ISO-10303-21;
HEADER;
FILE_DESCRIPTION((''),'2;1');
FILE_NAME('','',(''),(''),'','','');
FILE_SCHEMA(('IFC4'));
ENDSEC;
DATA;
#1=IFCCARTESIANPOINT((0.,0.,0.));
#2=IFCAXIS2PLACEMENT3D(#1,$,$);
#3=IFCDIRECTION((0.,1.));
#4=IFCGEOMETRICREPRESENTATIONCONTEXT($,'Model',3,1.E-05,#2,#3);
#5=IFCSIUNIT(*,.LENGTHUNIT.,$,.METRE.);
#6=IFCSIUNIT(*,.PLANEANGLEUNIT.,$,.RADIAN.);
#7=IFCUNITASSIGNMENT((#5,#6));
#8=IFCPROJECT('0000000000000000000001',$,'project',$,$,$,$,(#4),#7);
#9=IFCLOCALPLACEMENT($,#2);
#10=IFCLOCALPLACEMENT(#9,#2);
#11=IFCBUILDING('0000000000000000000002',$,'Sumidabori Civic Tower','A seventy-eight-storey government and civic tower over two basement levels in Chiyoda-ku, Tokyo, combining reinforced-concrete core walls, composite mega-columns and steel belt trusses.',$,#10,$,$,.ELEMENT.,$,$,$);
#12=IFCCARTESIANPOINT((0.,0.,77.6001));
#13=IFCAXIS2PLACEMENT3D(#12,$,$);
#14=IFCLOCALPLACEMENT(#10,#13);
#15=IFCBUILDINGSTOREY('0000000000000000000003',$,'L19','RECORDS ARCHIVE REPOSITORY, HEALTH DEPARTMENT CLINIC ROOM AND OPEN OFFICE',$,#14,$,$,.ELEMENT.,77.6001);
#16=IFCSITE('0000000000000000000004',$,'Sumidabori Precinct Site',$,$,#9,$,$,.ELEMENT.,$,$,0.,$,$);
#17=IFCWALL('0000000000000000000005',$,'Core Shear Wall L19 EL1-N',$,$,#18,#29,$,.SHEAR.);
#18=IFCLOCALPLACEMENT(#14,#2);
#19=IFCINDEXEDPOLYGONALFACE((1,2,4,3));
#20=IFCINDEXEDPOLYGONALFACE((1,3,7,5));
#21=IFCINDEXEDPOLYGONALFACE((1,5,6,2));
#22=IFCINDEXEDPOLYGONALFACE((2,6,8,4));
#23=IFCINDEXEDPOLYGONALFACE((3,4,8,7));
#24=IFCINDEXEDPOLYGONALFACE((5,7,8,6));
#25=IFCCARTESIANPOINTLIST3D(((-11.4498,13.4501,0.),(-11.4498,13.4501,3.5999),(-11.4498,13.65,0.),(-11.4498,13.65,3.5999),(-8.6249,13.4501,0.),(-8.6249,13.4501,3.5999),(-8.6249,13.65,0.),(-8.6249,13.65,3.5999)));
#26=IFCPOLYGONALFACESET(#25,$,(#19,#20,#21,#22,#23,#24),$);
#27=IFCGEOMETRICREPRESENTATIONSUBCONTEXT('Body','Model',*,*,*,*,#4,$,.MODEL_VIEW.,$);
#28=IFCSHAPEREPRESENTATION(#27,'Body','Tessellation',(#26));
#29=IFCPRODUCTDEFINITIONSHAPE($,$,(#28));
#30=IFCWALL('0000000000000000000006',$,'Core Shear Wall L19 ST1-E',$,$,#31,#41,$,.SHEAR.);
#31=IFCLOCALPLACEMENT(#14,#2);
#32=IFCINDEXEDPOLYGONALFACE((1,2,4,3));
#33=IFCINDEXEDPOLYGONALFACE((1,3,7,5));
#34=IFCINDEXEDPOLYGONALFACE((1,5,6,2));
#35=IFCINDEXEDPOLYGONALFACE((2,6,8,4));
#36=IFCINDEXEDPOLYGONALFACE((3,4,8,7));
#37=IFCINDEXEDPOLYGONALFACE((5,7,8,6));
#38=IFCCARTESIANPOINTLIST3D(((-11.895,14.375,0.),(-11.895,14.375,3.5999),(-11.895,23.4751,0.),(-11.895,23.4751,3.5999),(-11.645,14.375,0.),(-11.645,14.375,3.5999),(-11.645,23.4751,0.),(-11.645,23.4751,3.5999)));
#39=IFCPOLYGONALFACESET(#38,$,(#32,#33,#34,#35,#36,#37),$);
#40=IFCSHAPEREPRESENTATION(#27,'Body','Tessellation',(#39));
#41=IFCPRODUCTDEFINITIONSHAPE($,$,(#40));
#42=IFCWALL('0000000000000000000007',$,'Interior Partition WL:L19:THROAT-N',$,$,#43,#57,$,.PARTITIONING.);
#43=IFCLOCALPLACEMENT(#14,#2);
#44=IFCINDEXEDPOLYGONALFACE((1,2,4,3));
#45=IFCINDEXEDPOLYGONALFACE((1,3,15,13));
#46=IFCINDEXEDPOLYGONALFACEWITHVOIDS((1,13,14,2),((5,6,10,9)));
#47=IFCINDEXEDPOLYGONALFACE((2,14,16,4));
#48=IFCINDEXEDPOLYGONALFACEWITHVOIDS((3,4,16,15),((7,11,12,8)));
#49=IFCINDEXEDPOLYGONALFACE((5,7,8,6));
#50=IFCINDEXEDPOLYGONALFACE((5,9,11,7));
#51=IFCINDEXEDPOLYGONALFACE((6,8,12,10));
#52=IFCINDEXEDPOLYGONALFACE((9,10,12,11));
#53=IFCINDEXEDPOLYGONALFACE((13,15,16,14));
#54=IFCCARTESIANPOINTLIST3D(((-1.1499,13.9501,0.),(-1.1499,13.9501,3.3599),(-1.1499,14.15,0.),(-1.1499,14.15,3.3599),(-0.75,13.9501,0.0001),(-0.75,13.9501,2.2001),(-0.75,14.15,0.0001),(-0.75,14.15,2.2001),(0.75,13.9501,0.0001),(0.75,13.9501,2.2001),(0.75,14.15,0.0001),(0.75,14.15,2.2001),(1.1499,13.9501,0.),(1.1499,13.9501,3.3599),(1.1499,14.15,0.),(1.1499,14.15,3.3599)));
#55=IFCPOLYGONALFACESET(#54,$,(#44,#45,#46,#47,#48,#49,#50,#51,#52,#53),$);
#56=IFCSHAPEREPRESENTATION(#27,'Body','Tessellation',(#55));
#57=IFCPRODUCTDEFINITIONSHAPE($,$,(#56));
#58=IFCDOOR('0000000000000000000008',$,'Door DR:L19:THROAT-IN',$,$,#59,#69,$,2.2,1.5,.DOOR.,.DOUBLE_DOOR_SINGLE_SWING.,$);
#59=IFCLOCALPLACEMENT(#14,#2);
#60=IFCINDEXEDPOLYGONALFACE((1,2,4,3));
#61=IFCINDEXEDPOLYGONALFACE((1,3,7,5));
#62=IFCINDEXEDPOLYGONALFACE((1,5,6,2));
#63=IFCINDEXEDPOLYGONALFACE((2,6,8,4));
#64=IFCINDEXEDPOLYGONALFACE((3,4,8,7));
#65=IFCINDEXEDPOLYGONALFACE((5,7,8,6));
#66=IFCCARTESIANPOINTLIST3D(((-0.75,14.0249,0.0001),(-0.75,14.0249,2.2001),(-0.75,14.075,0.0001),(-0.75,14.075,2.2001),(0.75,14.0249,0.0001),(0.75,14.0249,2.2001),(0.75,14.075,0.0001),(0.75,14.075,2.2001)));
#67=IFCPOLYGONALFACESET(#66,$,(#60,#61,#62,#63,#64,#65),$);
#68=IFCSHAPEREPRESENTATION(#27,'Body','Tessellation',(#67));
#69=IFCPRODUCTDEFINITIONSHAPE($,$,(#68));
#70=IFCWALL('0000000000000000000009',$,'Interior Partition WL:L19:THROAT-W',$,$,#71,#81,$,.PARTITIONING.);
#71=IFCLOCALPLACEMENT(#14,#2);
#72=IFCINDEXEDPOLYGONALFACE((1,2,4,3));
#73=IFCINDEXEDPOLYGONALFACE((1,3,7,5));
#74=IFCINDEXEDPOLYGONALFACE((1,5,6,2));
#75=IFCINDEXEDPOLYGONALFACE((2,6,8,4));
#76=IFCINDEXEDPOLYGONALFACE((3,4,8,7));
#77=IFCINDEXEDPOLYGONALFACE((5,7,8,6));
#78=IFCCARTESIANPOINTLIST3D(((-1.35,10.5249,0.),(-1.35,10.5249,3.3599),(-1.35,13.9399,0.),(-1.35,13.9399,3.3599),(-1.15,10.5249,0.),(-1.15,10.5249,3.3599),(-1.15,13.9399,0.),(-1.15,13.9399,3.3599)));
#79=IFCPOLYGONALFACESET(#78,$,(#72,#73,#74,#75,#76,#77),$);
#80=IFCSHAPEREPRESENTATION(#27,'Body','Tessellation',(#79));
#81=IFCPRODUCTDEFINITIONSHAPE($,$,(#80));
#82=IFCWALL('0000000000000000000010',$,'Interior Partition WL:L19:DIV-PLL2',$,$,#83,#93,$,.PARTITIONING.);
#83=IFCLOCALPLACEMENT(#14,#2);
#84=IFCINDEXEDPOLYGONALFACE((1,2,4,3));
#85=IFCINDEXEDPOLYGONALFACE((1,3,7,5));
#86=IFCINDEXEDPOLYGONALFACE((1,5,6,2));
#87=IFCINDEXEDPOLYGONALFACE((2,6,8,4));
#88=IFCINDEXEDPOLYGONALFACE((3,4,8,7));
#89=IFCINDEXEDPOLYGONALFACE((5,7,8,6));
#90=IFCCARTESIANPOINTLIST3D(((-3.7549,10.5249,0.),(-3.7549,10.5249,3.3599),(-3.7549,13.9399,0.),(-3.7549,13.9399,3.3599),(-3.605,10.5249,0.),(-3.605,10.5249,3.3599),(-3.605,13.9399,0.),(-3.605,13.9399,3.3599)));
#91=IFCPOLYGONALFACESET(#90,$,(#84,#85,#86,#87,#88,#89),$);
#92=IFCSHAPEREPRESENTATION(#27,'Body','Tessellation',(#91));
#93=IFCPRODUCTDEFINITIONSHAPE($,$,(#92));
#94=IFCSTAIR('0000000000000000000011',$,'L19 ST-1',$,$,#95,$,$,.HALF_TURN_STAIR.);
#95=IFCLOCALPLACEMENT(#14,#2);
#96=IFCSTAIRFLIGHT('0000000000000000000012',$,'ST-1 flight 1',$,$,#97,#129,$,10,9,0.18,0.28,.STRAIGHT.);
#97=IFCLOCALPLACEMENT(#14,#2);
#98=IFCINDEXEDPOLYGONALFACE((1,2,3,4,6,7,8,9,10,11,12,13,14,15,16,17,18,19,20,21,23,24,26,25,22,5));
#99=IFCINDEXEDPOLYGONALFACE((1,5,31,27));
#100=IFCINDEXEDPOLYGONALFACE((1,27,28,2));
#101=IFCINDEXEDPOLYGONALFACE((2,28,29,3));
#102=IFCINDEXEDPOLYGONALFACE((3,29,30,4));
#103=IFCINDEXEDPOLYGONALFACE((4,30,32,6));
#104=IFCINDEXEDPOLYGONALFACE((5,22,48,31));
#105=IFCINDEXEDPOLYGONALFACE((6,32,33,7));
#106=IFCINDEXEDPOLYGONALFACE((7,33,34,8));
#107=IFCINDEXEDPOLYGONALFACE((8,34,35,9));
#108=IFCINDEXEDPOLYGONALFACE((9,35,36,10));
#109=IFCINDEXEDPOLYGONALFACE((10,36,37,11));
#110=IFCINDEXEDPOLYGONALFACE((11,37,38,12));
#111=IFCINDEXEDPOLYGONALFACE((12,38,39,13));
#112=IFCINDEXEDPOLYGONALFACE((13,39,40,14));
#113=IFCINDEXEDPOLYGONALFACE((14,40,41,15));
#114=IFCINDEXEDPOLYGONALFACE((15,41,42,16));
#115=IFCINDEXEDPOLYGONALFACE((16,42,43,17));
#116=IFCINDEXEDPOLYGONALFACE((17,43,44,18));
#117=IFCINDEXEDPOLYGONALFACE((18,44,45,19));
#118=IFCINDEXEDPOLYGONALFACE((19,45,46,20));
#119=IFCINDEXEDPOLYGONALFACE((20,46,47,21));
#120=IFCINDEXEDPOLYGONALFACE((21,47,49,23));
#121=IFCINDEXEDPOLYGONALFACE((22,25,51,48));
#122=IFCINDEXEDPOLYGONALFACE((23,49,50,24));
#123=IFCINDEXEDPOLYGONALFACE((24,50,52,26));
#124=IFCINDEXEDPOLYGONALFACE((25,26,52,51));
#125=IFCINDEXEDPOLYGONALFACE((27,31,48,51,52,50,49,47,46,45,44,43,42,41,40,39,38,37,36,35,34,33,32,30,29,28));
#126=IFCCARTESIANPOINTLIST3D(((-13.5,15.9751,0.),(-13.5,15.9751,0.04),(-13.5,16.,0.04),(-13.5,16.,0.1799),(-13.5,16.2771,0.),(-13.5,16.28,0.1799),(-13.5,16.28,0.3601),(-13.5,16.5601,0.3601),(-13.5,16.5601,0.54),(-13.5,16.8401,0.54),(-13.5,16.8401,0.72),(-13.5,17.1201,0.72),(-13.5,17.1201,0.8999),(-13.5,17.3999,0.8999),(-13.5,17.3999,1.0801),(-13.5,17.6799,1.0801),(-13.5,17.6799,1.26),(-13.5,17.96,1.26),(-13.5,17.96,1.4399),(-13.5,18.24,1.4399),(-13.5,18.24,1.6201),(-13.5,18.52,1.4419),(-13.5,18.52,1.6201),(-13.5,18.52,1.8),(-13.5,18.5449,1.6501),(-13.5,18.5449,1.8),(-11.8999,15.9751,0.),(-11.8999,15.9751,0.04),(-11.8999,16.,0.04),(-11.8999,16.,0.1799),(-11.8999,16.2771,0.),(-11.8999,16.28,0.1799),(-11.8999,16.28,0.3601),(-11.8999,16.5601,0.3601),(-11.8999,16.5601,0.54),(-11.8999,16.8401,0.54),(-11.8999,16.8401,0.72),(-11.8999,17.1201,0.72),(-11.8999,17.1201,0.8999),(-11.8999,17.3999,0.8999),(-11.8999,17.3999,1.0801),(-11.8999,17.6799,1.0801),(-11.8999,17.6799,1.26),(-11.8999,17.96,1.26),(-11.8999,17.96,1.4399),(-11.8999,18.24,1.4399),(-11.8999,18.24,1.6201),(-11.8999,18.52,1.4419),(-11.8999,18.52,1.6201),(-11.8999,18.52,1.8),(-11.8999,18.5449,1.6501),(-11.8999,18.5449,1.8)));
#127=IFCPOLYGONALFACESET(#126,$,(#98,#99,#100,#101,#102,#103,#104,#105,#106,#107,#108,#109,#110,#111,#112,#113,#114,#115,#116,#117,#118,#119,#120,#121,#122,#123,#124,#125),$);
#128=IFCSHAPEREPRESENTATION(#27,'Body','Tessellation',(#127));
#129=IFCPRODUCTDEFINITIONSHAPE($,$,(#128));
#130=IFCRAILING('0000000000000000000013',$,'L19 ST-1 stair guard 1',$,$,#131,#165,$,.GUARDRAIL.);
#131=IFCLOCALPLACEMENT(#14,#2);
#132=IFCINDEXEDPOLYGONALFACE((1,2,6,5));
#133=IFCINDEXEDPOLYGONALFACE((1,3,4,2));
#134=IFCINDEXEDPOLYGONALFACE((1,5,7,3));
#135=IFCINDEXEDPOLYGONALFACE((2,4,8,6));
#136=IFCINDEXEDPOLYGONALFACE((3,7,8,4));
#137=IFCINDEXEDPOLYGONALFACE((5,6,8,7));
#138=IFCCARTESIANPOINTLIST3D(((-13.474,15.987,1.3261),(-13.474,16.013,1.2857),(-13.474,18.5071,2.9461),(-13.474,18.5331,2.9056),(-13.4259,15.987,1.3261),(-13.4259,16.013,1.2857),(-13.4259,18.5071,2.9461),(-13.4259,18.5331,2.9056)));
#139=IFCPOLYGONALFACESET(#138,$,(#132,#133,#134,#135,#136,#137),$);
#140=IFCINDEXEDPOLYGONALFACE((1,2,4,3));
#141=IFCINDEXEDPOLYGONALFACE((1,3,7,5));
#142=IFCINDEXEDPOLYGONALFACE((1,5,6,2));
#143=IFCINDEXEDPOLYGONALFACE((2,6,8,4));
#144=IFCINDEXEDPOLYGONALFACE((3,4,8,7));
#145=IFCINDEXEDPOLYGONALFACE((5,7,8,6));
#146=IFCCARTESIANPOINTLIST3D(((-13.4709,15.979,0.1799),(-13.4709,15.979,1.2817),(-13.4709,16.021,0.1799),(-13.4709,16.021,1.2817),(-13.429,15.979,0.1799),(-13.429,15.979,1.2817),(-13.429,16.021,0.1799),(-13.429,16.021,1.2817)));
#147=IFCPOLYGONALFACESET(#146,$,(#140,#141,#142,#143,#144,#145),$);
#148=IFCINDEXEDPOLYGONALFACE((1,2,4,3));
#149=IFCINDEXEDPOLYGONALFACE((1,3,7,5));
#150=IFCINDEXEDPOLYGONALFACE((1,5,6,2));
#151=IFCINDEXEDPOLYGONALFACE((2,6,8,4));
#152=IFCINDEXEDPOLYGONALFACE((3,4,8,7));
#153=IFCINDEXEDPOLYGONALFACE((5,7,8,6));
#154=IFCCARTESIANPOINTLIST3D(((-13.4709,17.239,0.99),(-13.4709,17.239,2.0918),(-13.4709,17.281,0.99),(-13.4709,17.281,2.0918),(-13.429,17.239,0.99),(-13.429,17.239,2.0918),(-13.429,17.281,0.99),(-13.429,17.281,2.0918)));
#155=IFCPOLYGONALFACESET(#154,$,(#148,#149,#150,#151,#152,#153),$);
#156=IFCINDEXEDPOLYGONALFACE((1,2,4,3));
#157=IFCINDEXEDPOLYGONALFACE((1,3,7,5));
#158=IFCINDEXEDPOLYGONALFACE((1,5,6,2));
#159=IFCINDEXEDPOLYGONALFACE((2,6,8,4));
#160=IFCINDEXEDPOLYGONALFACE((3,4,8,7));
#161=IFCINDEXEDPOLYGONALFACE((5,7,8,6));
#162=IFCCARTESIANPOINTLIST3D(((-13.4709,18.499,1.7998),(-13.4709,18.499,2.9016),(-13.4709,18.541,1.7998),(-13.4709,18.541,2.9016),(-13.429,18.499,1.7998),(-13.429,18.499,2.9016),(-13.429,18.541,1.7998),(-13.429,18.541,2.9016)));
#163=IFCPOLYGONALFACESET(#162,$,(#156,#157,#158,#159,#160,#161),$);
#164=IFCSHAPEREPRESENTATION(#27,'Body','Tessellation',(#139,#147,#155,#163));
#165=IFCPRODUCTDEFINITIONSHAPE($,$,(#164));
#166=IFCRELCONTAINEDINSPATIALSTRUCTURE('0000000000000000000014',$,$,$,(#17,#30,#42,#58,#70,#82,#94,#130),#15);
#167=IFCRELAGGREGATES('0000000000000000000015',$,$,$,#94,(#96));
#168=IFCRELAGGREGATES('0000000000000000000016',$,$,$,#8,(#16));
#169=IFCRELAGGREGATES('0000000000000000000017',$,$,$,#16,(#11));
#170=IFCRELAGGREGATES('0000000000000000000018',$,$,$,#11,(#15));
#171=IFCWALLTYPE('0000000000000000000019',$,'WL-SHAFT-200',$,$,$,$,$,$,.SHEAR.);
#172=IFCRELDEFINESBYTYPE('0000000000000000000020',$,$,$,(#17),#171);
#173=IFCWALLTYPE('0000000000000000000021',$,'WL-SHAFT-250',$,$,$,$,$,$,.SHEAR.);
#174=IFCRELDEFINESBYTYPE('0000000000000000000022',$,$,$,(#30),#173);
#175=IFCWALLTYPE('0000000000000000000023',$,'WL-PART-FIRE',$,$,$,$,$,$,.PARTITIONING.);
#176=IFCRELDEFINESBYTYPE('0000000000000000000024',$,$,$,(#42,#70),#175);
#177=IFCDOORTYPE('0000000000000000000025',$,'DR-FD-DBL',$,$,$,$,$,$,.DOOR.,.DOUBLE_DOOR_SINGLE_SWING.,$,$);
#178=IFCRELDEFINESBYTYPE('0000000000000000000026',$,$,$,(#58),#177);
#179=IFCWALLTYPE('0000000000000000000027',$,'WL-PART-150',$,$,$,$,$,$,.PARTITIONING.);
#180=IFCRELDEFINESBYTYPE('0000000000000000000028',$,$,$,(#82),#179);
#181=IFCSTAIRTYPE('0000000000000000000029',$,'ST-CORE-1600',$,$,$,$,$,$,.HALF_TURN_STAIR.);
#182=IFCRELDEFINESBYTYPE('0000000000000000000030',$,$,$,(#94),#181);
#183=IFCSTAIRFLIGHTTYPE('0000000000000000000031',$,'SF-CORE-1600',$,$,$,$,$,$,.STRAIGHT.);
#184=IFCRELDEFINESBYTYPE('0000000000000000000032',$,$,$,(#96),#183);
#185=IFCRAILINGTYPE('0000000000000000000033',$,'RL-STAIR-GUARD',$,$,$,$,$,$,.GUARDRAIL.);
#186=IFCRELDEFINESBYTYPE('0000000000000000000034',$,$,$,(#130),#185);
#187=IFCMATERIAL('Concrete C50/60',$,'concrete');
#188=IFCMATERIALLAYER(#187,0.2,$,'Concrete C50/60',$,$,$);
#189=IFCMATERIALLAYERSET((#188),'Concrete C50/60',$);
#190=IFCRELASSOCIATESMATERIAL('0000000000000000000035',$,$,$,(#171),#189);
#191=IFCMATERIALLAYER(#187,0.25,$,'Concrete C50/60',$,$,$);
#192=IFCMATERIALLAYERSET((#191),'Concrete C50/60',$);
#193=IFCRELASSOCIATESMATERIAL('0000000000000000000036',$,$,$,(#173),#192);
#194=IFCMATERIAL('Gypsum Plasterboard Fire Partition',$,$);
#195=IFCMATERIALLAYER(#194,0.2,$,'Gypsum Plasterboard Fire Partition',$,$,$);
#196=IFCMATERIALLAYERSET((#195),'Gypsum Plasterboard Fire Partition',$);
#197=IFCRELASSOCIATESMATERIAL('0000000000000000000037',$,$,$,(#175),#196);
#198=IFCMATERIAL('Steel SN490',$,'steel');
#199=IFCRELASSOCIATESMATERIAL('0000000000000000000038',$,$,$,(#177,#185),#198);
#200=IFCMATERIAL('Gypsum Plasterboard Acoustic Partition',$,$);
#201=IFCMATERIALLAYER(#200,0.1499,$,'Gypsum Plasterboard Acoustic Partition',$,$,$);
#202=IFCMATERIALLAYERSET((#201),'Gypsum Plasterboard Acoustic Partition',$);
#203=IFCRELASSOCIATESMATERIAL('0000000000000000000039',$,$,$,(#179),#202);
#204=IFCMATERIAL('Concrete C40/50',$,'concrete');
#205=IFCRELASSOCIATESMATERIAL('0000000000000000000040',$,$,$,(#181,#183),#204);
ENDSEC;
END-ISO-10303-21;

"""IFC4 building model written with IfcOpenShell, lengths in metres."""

from ifc_helpers import new_model, si_unit, direction, frame, frame_2d, origin, origin_2d, place, context, subcontext, project, spatial, polyline, rectangle, outline, extrude, source, transform, mapped, material, layer, layer_set, type_object, element, fill, aggregate, save


model = new_model("IFC4")

# Units and contexts
model_context = context("Model", 3, precision=1e-05, world=origin(), true_north=direction((0.0, 1.0)))
body_context = subcontext(model_context, "Body", "Model", "MODEL_VIEW")
ifc_project = project(units=[si_unit("LENGTHUNIT", "METRE"), si_unit("PLANEANGLEUNIT", "RADIAN")], contexts=[model_context])

# Site, building, storey
site_placement = place(None, origin())
site = spatial("IfcSite", under=ifc_project, at=site_placement, Name="Sumidabori Precinct Site", CompositionType="ELEMENT", RefElevation=0.0)
building_placement = place(site_placement, origin())
building = spatial("IfcBuilding", under=site, at=building_placement, Name="Sumidabori Civic Tower", Description="A seventy-eight-storey government and civic tower over two basement levels in Chiyoda-ku, Tokyo, combining reinforced-concrete core walls, composite mega-columns and steel belt trusses.", CompositionType="ELEMENT")
storey_placement = place(building_placement, frame((0.0, 0.0, 77.6001)))
storey = spatial("IfcBuildingStorey", under=building, at=storey_placement, Name="L19", Description="RECORDS ARCHIVE REPOSITORY, HEALTH DEPARTMENT CLINIC ROOM AND OPEN OFFICE", CompositionType="ELEMENT", Elevation=77.6001)

# Wall
ifc_material_1 = material(Name="Concrete C50/60", Category="concrete")
ifc_layer_1 = layer(ifc_material_1, 0.2, Name="Concrete C50/60")
ifc_layer_set_1 = layer_set([ifc_layer_1], Name="Concrete C50/60")
wall_type_1 = type_object("IfcWallType", Name="WL-SHAFT-200", PredefinedType="SHEAR", material=ifc_layer_set_1)
shared_shape_1 = source(origin(), body_context, "Body", "SweptSolid", [
    extrude(rectangle(XDim=2.825, YDim=0.2, at=frame_2d((1.4126, 0.0))), origin(), (0.0, 0.0, 1.0), 3.5999),
])
wall_1_placement = place(storey_placement, frame((-11.45, 13.55, 0.0), z_axis=(0.0, 0.0, 1.0), x_axis=(1.0, 0.0, 0.0)))
element("IfcWall", 1, at=wall_1_placement, inside=storey, type_object=wall_type_1, Name="Core Shear Wall L19 EL1-N", PredefinedType="SHEAR", context=body_context, shape_type="MappedRepresentation", body=[
    mapped(shared_shape_1, transform((0.0, 0.0, 0.0), x_axis=(1.0, 0.0, 0.0), y_axis=(0.0, 1.0, 0.0), z_axis=(0.0, 0.0, 1.0), scale=1.0)),
])

# Shared definitions
ifc_layer_2 = layer(ifc_material_1, 0.25, Name="Concrete C50/60")
ifc_layer_set_2 = layer_set([ifc_layer_2], Name="Concrete C50/60")
wall_type_2 = type_object("IfcWallType", Name="WL-SHAFT-250", PredefinedType="SHEAR", material=ifc_layer_set_2)
ifc_material_2 = material(Name="Steel SN490", Category="steel")

# Wall
shared_shape_2 = source(origin(), body_context, "Body", "SweptSolid", [
    extrude(rectangle(XDim=9.1001, YDim=0.25, at=frame_2d((4.55, 0.0))), origin(), (0.0, 0.0, 1.0), 3.5999),
])
wall_2_placement = place(storey_placement, frame((-11.77, 14.375, 0.0), z_axis=(0.0, 0.0, 1.0), x_axis=(0.0, 1.0, 0.0)))
element("IfcWall", 2, at=wall_2_placement, inside=storey, type_object=wall_type_2, Name="Core Shear Wall L19 ST1-E", PredefinedType="SHEAR", context=body_context, shape_type="MappedRepresentation", body=[
    mapped(shared_shape_2, transform((0.0, 0.0, 0.0), x_axis=(1.0, 0.0, 0.0), y_axis=(0.0, 1.0, 0.0), z_axis=(0.0, 0.0, 1.0), scale=1.0)),
])

# Shared definitions
ifc_material_3 = material(Name="Gypsum Plasterboard Fire Partition")
ifc_layer_3 = layer(ifc_material_3, 0.2, Name="Gypsum Plasterboard Fire Partition")
ifc_layer_set_3 = layer_set([ifc_layer_3], Name="Gypsum Plasterboard Fire Partition")
wall_type_3 = type_object("IfcWallType", Name="WL-PART-FIRE", PredefinedType="PARTITIONING", material=ifc_layer_set_3)

# Wall, opening, door
shared_shape_3 = source(origin(), body_context, "Body", "SweptSolid", [
    extrude(rectangle(XDim=2.2998, YDim=0.2, at=frame_2d((1.1499, 0.0))), origin(), (0.0, 0.0, 1.0), 3.3599),
])
wall_3_placement = place(storey_placement, frame((-1.1499, 14.05, 0.0), z_axis=(0.0, 0.0, 1.0), x_axis=(1.0, 0.0, 0.0)))
wall_3 = element("IfcWall", 3, at=wall_3_placement, inside=storey, type_object=wall_type_3, Name="Interior Partition WL:L19:THROAT-N", PredefinedType="PARTITIONING", context=body_context, shape_type="MappedRepresentation", body=[
    mapped(shared_shape_3, transform((0.0, 0.0, 0.0), x_axis=(1.0, 0.0, 0.0), y_axis=(0.0, 1.0, 0.0), z_axis=(0.0, 0.0, 1.0), scale=1.0)),
])
opening_1_placement = place(wall_3_placement, frame((0.3999, 0.0, 0.0)))
opening_1 = element("IfcOpeningElement", 4, at=opening_1_placement, cuts=wall_3, PredefinedType="OPENING", context=body_context, shape_type="SweptSolid", body=[
    extrude(rectangle(XDim=1.5, YDim=2.2, at=frame_2d((0.75, 1.1001))), frame((0.0, 0.1118, 0.0), z_axis=(0.0, -1.0, 0.0), x_axis=(1.0, 0.0, 0.0)), (0.0, 0.0, 1.0), 0.2239),
])
door_type_1 = type_object("IfcDoorType", Name="DR-FD-DBL", OperationType="DOUBLE_DOOR_SINGLE_SWING", PredefinedType="DOOR", material=ifc_material_2)
shared_shape_4 = source(origin(), body_context, "Body", "SweptSolid", [
    extrude(rectangle(XDim=1.5, YDim=2.2, at=frame_2d((0.75, 1.1001))), frame((0.0, 0.0249, 0.0), z_axis=(0.0, -1.0, 0.0), x_axis=(1.0, 0.0, 0.0)), (0.0, 0.0, 1.0), 0.05),
])
door_1_placement = place(opening_1_placement, origin())
door_1 = element("IfcDoor", 5, at=door_1_placement, inside=storey, type_object=door_type_1, Name="Door DR:L19:THROAT-IN", OperationType="DOUBLE_DOOR_SINGLE_SWING", OverallHeight=2.2, OverallWidth=1.5, PredefinedType="DOOR", context=body_context, shape_type="MappedRepresentation", body=[
    mapped(shared_shape_4, transform((0.0, 0.0, 0.0), x_axis=(1.0, 0.0, 0.0), y_axis=(0.0, 1.0, 0.0), z_axis=(0.0, 0.0, 1.0), scale=1.0)),
])
fill(opening_1, door_1)

# Walls
shared_shape_5 = source(origin(), body_context, "Body", "SweptSolid", [
    extrude(rectangle(XDim=3.415, YDim=0.2, at=frame_2d((1.7075, 0.0))), origin(), (0.0, 0.0, 1.0), 3.3599),
])
wall_4_placement = place(storey_placement, frame((-1.25, 10.5249, 0.0), z_axis=(0.0, 0.0, 1.0), x_axis=(0.0, 1.0, 0.0)))
element("IfcWall", 6, at=wall_4_placement, inside=storey, type_object=wall_type_3, Name="Interior Partition WL:L19:THROAT-W", PredefinedType="PARTITIONING", context=body_context, shape_type="MappedRepresentation", body=[
    mapped(shared_shape_5, transform((0.0, 0.0, 0.0), x_axis=(1.0, 0.0, 0.0), y_axis=(0.0, 1.0, 0.0), z_axis=(0.0, 0.0, 1.0), scale=1.0)),
])
ifc_material_4 = material(Name="Gypsum Plasterboard Acoustic Partition")
ifc_layer_4 = layer(ifc_material_4, 0.1499, Name="Gypsum Plasterboard Acoustic Partition")
ifc_layer_set_4 = layer_set([ifc_layer_4], Name="Gypsum Plasterboard Acoustic Partition")
wall_type_4 = type_object("IfcWallType", Name="WL-PART-150", PredefinedType="PARTITIONING", material=ifc_layer_set_4)
shared_shape_6 = source(origin(), body_context, "Body", "SweptSolid", [
    extrude(rectangle(XDim=3.415, YDim=0.1499, at=frame_2d((1.7075, 0.0))), origin(), (0.0, 0.0, 1.0), 3.3599),
])
wall_5_placement = place(storey_placement, frame((-3.6799, 10.5249, 0.0), z_axis=(0.0, 0.0, 1.0), x_axis=(0.0, 1.0, 0.0)))
element("IfcWall", 7, at=wall_5_placement, inside=storey, type_object=wall_type_4, Name="Interior Partition WL:L19:DIV-PLL2", PredefinedType="PARTITIONING", context=body_context, shape_type="MappedRepresentation", body=[
    mapped(shared_shape_6, transform((0.0, 0.0, 0.0), x_axis=(1.0, 0.0, 0.0), y_axis=(0.0, 1.0, 0.0), z_axis=(0.0, 0.0, 1.0), scale=1.0)),
])

# Stair, stair flight
ifc_material_5 = material(Name="Concrete C40/50", Category="concrete")
stair_type = type_object("IfcStairType", Name="ST-CORE-1600", PredefinedType="HALF_TURN_STAIR", material=ifc_material_5)
stair_placement = place(storey_placement, origin())
stair = element("IfcStair", 8, at=stair_placement, inside=storey, type_object=stair_type, Name="L19 ST-1", PredefinedType="HALF_TURN_STAIR")
stair_flight_type = type_object("IfcStairFlightType", Name="SF-CORE-1600", PredefinedType="STRAIGHT", material=ifc_material_5)
shared_shape_7 = source(origin(), body_context, "Body", "SweptSolid", [
    extrude(outline(polyline([(-0.0249, 0.0), (-0.0249, 0.04), (0.0, 0.04), (0.0, 0.1799), (0.28, 0.1799), (0.28, 0.3601), (0.5601, 0.3601), (0.5601, 0.54), (0.8401, 0.54), (0.8401, 0.72), (1.1201, 0.72), (1.1201, 0.8999), (1.3999, 0.8999), (1.3999, 1.0801), (1.6799, 1.0801), (1.6799, 1.26), (1.96, 1.26), (1.96, 1.4399), (2.24, 1.4399), (2.24, 1.6201), (2.52, 1.6201), (2.52, 1.8), (2.5449, 1.8), (2.5449, 1.6501), (2.52, 1.4419), (0.2771, 0.0), (-0.0249, 0.0)])), frame((0.0, 0.8, 0.0), z_axis=(0.0, -1.0, 0.0), x_axis=(1.0, 0.0, 0.0)), (0.0, 0.0, 1.0), 1.6001),
])
stair_flight_placement = place(storey_placement, frame((-12.7, 16.0, 0.0), z_axis=(0.0, 0.0, 1.0), x_axis=(0.0, 1.0, 0.0)))
stair_flight = element("IfcStairFlight", 9, at=stair_flight_placement, type_object=stair_flight_type, Name="ST-1 flight 1", NumberOfRisers=10, NumberOfTreads=9, PredefinedType="STRAIGHT", RiserHeight=0.18, TreadLength=0.28, context=body_context, shape_type="MappedRepresentation", body=[
    mapped(shared_shape_7, transform((0.0, 0.0, 0.0), x_axis=(1.0, 0.0, 0.0), y_axis=(0.0, 1.0, 0.0), z_axis=(0.0, 0.0, 1.0), scale=1.0)),
])
aggregate(stair, [stair_flight])

# Railing
railing_type = type_object("IfcRailingType", Name="RL-STAIR-GUARD", PredefinedType="GUARDRAIL", material=ifc_material_2)
railing_1_placement = place(storey_placement, frame((-13.45, 16.0, 0.1799)))
element("IfcRailing", 10, at=railing_1_placement, inside=storey, type_object=railing_type, Name="L19 ST-1 stair guard 1", PredefinedType="GUARDRAIL", context=body_context, shape_type="SweptSolid", body=[
    extrude(rectangle(XDim=0.0481, YDim=0.0481, at=origin_2d()), frame((0.0, 0.0, 1.126), z_axis=(0.0, 0.8412, 0.540725), x_axis=(-1.0, 0.0, 0.0)), (0.0, 0.0, 1.0), 2.9958),
    extrude(rectangle(XDim=0.042, YDim=0.042, at=origin_2d()), origin(), (0.0, 0.0, 1.0), 1.1018),
    extrude(rectangle(XDim=0.042, YDim=0.042, at=origin_2d()), frame((0.0, 1.26, 0.8101)), (0.0, 0.0, 1.0), 1.1018),
    extrude(rectangle(XDim=0.042, YDim=0.042, at=origin_2d()), frame((0.0, 2.52, 1.6199)), (0.0, 0.0, 1.0), 1.1018),
])

save(model, "model.ifc")
